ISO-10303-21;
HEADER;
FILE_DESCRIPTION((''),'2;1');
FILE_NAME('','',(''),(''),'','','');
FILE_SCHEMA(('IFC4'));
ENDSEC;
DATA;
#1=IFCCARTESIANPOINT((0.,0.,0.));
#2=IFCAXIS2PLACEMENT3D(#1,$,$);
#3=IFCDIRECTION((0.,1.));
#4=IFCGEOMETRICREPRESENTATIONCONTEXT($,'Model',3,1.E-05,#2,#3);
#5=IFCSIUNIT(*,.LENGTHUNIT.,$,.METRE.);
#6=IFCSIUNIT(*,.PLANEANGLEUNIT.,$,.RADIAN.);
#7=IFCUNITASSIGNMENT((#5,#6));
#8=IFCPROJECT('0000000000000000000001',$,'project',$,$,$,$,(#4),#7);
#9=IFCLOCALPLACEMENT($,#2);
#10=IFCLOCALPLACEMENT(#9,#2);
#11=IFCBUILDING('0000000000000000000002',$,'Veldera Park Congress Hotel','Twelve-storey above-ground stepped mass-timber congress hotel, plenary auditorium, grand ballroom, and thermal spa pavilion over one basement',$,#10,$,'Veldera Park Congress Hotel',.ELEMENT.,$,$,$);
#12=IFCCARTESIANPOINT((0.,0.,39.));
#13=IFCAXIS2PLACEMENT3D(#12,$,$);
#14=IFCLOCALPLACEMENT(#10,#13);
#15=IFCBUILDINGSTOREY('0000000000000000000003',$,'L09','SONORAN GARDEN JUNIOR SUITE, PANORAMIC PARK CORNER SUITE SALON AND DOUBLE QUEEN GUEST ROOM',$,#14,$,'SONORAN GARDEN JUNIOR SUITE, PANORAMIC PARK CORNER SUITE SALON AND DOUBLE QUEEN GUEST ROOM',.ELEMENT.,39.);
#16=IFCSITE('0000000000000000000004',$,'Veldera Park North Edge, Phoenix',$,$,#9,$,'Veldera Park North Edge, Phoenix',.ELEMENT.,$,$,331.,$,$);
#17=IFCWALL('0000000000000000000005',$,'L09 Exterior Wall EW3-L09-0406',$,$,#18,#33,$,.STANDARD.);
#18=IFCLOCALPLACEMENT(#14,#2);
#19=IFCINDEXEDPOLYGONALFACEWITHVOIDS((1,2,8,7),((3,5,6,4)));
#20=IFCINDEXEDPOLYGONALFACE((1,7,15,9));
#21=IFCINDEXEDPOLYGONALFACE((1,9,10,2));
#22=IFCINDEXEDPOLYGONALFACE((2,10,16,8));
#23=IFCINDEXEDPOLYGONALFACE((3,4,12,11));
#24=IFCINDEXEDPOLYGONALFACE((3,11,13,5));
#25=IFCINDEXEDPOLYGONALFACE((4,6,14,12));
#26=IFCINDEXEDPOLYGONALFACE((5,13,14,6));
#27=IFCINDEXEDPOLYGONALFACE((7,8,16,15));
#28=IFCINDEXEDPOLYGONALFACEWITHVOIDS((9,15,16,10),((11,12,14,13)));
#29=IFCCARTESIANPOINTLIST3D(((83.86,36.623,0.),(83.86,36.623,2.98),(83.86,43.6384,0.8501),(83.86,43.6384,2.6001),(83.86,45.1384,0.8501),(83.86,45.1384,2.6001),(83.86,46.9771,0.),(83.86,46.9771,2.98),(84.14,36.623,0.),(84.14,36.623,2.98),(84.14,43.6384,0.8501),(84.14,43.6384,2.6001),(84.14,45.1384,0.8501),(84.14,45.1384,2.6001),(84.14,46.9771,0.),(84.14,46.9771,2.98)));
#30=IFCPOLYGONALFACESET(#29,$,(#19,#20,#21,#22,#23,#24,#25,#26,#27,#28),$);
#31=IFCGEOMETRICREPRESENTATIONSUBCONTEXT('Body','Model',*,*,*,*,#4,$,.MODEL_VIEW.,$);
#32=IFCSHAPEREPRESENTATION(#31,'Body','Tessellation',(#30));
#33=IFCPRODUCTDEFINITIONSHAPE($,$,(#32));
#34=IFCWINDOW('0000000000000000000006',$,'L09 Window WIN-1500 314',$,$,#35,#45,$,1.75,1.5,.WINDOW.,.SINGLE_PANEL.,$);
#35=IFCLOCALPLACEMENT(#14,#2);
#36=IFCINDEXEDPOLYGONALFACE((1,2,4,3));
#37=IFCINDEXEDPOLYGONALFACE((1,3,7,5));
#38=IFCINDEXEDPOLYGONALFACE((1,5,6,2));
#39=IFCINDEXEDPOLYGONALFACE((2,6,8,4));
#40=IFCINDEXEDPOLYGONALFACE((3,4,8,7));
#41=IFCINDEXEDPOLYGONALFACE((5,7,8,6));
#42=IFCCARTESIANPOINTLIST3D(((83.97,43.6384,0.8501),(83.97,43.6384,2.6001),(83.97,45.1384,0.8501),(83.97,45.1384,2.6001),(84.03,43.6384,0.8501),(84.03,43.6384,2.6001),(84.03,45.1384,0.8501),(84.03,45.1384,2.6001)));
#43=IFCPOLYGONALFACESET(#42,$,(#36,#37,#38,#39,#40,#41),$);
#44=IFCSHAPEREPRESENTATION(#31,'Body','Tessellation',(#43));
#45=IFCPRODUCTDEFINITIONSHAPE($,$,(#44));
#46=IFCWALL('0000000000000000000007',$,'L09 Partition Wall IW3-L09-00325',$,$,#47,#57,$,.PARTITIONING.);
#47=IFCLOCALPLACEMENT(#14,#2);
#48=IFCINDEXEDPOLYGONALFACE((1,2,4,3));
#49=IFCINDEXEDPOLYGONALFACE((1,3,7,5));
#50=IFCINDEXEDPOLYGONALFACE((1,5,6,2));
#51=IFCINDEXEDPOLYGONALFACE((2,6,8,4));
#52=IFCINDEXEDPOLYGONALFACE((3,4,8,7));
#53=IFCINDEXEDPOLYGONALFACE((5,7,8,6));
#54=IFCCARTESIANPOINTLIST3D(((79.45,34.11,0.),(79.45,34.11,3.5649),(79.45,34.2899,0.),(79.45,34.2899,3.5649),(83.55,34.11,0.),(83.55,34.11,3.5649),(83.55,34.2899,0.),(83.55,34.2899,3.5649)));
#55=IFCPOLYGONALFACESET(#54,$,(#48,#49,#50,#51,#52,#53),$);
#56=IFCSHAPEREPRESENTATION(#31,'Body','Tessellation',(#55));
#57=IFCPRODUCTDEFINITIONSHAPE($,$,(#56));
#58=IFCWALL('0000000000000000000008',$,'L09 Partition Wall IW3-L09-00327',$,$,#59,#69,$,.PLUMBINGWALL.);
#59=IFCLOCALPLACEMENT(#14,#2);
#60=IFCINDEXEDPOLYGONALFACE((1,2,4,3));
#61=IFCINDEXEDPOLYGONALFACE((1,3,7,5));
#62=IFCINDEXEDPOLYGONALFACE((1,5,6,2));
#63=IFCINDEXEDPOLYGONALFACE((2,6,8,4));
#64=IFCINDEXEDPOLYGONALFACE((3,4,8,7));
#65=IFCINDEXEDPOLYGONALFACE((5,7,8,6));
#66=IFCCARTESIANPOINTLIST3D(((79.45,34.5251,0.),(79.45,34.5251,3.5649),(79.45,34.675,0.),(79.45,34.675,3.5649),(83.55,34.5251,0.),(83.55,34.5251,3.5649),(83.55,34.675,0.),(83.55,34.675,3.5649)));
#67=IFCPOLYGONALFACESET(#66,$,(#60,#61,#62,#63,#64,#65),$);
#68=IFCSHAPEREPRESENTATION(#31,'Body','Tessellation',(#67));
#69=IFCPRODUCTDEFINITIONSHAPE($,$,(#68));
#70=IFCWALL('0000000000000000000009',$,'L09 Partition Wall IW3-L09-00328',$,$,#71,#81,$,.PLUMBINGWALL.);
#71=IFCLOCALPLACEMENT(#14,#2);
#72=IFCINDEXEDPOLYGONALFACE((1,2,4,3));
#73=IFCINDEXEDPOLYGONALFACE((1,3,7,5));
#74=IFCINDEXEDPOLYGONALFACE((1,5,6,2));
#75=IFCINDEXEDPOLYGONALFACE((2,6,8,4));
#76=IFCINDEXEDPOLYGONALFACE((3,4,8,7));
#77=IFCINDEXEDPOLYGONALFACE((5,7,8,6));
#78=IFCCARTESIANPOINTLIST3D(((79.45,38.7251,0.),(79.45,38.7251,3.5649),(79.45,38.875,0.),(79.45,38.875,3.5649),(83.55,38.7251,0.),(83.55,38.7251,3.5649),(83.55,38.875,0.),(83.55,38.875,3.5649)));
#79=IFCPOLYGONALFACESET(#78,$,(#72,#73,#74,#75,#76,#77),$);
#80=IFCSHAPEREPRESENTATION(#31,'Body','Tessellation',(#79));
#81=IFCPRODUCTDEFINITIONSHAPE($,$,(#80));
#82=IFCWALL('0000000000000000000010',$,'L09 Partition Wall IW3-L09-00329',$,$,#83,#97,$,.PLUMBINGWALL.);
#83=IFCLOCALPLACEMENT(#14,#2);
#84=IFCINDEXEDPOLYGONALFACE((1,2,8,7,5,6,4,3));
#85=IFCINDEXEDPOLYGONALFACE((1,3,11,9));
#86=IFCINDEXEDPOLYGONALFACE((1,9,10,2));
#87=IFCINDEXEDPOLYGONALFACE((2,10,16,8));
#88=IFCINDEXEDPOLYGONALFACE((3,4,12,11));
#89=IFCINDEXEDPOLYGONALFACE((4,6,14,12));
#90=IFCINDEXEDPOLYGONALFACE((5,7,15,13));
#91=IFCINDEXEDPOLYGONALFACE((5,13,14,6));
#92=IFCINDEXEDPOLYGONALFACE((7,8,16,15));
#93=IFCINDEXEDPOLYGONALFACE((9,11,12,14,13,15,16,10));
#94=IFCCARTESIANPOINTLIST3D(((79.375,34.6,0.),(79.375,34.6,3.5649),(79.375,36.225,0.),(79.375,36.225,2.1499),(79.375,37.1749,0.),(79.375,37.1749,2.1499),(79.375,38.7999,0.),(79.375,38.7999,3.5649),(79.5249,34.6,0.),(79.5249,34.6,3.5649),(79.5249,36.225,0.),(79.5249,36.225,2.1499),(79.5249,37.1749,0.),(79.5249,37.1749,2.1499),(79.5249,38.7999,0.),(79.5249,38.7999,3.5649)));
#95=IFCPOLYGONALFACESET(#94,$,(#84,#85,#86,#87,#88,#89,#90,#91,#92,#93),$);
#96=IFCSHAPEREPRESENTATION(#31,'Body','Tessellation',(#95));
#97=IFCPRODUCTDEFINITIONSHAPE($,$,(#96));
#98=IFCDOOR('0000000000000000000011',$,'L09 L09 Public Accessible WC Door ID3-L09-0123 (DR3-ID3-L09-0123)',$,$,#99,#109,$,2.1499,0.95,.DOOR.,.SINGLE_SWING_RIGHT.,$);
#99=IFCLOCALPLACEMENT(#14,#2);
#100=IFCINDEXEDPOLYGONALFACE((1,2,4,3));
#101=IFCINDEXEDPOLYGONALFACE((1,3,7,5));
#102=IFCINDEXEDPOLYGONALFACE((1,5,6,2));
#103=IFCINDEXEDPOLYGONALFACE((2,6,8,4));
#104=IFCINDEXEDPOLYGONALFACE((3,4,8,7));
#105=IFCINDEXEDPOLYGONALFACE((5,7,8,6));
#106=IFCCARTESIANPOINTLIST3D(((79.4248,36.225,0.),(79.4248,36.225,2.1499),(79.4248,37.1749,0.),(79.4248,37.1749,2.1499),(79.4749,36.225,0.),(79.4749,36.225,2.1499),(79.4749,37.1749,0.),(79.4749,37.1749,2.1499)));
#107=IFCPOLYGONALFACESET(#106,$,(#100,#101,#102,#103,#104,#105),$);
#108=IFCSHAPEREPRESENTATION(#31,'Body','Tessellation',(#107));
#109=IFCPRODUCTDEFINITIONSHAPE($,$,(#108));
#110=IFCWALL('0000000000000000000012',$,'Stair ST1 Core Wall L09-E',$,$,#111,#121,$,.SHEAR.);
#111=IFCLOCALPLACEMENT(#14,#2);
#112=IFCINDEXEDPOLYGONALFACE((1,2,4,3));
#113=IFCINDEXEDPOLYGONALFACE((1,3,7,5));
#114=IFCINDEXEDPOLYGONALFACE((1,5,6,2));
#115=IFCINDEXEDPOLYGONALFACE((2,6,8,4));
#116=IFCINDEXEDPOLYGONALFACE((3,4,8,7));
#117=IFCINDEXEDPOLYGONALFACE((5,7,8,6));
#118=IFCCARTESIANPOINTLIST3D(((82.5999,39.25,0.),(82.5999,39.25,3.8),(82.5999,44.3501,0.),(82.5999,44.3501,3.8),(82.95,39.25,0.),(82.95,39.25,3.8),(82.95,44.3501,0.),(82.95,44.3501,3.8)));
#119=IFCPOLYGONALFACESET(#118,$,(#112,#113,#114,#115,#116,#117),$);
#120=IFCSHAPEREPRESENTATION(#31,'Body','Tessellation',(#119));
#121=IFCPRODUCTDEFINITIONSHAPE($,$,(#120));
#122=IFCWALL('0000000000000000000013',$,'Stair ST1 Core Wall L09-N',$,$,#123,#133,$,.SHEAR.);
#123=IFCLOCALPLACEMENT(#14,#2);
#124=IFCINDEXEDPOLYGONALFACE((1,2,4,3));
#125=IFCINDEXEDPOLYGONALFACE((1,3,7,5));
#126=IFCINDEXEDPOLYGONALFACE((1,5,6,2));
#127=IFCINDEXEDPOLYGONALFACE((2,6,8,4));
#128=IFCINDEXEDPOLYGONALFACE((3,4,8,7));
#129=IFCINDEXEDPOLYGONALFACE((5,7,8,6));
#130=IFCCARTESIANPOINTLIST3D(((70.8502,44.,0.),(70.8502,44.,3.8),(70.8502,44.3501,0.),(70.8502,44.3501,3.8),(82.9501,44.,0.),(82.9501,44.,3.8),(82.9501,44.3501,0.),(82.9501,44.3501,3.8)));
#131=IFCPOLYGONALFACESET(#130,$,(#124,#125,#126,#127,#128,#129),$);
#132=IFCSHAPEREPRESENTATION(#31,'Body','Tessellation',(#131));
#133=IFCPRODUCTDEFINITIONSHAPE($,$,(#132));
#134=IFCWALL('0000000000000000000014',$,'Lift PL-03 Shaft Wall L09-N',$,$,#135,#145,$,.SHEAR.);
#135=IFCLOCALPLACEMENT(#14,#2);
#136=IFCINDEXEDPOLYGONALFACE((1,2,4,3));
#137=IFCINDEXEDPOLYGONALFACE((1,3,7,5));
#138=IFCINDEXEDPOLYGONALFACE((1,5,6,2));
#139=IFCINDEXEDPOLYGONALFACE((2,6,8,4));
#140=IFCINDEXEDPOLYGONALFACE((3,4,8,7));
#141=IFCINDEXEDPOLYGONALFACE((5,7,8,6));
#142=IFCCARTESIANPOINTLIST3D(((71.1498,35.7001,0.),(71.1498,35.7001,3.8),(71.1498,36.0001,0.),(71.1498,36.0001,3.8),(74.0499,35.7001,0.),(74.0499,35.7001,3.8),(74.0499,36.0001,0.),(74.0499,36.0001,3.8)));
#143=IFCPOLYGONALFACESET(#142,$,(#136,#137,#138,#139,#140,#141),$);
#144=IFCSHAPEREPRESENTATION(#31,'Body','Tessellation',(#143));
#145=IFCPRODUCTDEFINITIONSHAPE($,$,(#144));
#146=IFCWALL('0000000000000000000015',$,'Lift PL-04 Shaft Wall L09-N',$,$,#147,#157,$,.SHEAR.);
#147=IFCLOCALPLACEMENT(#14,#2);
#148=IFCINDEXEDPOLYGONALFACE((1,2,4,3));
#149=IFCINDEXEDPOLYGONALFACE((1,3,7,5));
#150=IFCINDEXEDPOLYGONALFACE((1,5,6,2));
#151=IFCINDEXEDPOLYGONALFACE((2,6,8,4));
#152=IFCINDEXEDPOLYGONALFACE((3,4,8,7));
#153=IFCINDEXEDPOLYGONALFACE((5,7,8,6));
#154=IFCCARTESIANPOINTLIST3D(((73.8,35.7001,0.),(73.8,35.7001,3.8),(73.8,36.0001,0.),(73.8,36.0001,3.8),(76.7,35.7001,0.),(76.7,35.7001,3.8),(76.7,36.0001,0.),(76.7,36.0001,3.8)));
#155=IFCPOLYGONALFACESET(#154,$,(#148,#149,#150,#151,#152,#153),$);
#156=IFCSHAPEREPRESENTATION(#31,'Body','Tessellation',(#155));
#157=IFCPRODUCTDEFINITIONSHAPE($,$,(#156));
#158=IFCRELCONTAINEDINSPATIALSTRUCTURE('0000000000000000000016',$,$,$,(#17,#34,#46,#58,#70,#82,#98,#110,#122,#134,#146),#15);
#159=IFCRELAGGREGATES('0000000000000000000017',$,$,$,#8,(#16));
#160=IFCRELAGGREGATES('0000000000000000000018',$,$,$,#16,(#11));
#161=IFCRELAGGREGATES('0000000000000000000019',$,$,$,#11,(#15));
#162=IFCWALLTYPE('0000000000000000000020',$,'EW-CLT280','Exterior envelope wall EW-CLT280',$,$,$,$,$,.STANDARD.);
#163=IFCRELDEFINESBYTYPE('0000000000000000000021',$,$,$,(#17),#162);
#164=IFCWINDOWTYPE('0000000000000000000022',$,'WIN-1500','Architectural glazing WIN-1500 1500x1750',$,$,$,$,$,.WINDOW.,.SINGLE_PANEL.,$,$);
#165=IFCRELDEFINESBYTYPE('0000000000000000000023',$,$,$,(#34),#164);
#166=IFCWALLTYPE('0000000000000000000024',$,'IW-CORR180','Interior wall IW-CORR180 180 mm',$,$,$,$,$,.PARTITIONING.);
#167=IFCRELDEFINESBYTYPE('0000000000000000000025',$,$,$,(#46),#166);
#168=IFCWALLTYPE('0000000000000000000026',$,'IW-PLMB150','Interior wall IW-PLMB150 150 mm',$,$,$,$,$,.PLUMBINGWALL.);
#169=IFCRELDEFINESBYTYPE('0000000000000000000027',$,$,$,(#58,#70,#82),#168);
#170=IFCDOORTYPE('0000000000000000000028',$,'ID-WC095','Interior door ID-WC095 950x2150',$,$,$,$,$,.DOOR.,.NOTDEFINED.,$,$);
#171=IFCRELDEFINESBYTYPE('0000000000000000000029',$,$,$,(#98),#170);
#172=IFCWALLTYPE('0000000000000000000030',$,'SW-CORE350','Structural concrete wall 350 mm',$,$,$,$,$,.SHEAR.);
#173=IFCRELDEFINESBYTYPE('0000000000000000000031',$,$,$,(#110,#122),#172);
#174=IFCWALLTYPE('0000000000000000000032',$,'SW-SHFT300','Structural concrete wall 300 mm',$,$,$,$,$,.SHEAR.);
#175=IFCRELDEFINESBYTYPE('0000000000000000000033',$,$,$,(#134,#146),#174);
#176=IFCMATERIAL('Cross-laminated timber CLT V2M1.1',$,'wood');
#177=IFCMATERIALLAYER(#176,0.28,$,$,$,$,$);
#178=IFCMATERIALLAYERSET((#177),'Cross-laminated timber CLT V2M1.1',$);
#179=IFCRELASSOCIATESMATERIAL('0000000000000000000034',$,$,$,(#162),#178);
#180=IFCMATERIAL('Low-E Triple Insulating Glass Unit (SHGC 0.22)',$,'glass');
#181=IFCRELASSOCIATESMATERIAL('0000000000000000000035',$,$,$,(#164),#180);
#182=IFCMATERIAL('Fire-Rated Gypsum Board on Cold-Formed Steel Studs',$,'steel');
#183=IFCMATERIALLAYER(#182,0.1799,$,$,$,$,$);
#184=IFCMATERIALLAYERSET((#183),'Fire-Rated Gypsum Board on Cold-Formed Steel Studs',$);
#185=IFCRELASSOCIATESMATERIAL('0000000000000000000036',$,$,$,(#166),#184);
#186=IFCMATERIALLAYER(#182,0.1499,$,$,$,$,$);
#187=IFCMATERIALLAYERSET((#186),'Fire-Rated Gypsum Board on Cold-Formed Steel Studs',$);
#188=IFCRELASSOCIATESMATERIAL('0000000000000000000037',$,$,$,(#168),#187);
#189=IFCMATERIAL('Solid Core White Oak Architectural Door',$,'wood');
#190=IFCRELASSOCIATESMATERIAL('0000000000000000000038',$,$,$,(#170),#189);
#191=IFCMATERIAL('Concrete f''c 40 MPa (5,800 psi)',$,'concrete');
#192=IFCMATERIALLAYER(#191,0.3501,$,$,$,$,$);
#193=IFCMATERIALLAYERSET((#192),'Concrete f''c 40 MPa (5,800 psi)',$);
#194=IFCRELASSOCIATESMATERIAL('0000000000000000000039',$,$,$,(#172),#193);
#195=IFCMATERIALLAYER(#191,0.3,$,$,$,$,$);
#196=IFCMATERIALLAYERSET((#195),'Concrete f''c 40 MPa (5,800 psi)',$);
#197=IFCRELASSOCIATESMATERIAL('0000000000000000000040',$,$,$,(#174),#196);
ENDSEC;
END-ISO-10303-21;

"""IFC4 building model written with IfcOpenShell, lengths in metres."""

from ifc_helpers import new_model, si_unit, direction, frame, frame_2d, origin, place, context, subcontext, project, spatial, rectangle, extrude, material, layer, layer_set, type_object, element, fill, save


model = new_model("IFC4")

# Units and contexts
model_context = context("Model", 3, precision=1e-05, world=origin(), true_north=direction((0.0, 1.0)))
body_context = subcontext(model_context, "Body", "Model", "MODEL_VIEW")
ifc_project = project(units=[si_unit("LENGTHUNIT", "METRE"), si_unit("PLANEANGLEUNIT", "RADIAN")], contexts=[model_context])

# Site, building, storey
site_placement = place(None, origin())
site = spatial("IfcSite", under=ifc_project, at=site_placement, Name="Veldera Park North Edge, Phoenix", LongName="Veldera Park North Edge, Phoenix", CompositionType="ELEMENT", RefElevation=331.0)
building_placement = place(site_placement, origin())
building = spatial("IfcBuilding", under=site, at=building_placement, Name="Veldera Park Congress Hotel", Description="Twelve-storey above-ground stepped mass-timber congress hotel, plenary auditorium, grand ballroom, and thermal spa pavilion over one basement", LongName="Veldera Park Congress Hotel", CompositionType="ELEMENT")
storey_placement = place(building_placement, frame((0.0, 0.0, 39.0)))
storey = spatial("IfcBuildingStorey", under=building, at=storey_placement, Name="L09", Description="SONORAN GARDEN JUNIOR SUITE, PANORAMIC PARK CORNER SUITE SALON AND DOUBLE QUEEN GUEST ROOM", LongName="SONORAN GARDEN JUNIOR SUITE, PANORAMIC PARK CORNER SUITE SALON AND DOUBLE QUEEN GUEST ROOM", CompositionType="ELEMENT", Elevation=39.0)

# Shared definitions
ifc_material_1 = material(Name="Low-E Triple Insulating Glass Unit (SHGC 0.22)", Category="glass")

# Wall, opening, window
ifc_material_2 = material(Name="Cross-laminated timber CLT V2M1.1", Category="wood")
ifc_layer_1 = layer(ifc_material_2, 0.28)
ifc_layer_set_1 = layer_set([ifc_layer_1], Name="Cross-laminated timber CLT V2M1.1")
wall_type_1 = type_object("IfcWallType", Name="EW-CLT280", Description="Exterior envelope wall EW-CLT280", PredefinedType="STANDARD", material=ifc_layer_set_1)
wall_1_placement = place(storey_placement, frame((84.0, 36.623, 0.0), z_axis=(0.0, 0.0, 1.0), x_axis=(0.0, 1.0, 0.0)))
wall_1 = element("IfcWall", 1, at=wall_1_placement, inside=storey, type_object=wall_type_1, Name="L09 Exterior Wall EW3-L09-0406", PredefinedType="STANDARD", context=body_context, shape_type="SweptSolid", body=[
    extrude(rectangle(XDim=10.354, YDim=0.28, at=frame_2d((5.177, 0.0))), origin(), (0.0, 0.0, 1.0), 2.98),
])
opening_1_placement = place(wall_1_placement, frame((7.0154, 0.0, 0.8501)))
opening_1 = element("IfcOpeningElement", 2, at=opening_1_placement, cuts=wall_1, PredefinedType="OPENING", context=body_context, shape_type="SweptSolid", body=[
    extrude(rectangle(XDim=1.5, YDim=1.75, at=frame_2d((0.75, 0.875))), frame((0.0, 0.1521, 0.0), z_axis=(0.0, -1.0, 0.0), x_axis=(1.0, 0.0, 0.0)), (0.0, 0.0, 1.0), 0.304),
])
window_type = type_object("IfcWindowType", Name="WIN-1500", Description="Architectural glazing WIN-1500 1500x1750", PartitioningType="SINGLE_PANEL", PredefinedType="WINDOW", material=ifc_material_1)
window_placement = place(opening_1_placement, origin())
window = element("IfcWindow", 3, at=window_placement, inside=storey, type_object=window_type, Name="L09 Window WIN-1500 314", OverallHeight=1.75, OverallWidth=1.5, PartitioningType="SINGLE_PANEL", PredefinedType="WINDOW", context=body_context, shape_type="SweptSolid", body=[
    extrude(rectangle(XDim=1.5, YDim=1.75, at=frame_2d((0.75, 0.875))), frame((0.0, 0.03, 0.0), z_axis=(0.0, -1.0, 0.0), x_axis=(1.0, 0.0, 0.0)), (0.0, 0.0, 1.0), 0.0601),
])
fill(opening_1, window)

# Walls
ifc_material_3 = material(Name="Fire-Rated Gypsum Board on Cold-Formed Steel Studs", Category="steel")
ifc_layer_2 = layer(ifc_material_3, 0.1799)
ifc_layer_set_2 = layer_set([ifc_layer_2], Name="Fire-Rated Gypsum Board on Cold-Formed Steel Studs")
wall_type_2 = type_object("IfcWallType", Name="IW-CORR180", Description="Interior wall IW-CORR180 180 mm", PredefinedType="PARTITIONING", material=ifc_layer_set_2)
wall_2_placement = place(storey_placement, frame((83.55, 34.2, 0.0), z_axis=(0.0, 0.0, 1.0), x_axis=(-1.0, 0.0, 0.0)))
element("IfcWall", 4, at=wall_2_placement, inside=storey, type_object=wall_type_2, Name="L09 Partition Wall IW3-L09-00325", PredefinedType="PARTITIONING", context=body_context, shape_type="SweptSolid", body=[
    extrude(rectangle(XDim=4.1001, YDim=0.1799, at=frame_2d((2.05, 0.0))), origin(), (0.0, 0.0, 1.0), 3.5649),
])
ifc_layer_3 = layer(ifc_material_3, 0.1499)
ifc_layer_set_3 = layer_set([ifc_layer_3], Name="Fire-Rated Gypsum Board on Cold-Formed Steel Studs")
wall_type_3 = type_object("IfcWallType", Name="IW-PLMB150", Description="Interior wall IW-PLMB150 150 mm", PredefinedType="PLUMBINGWALL", material=ifc_layer_set_3)
for number, where, z_axis, x_axis, name in (
    (5, (79.45, 34.6001, 0.0), (0.0, 0.0, 1.0), (1.0, 0.0, 0.0), "L09 Partition Wall IW3-L09-00327"),
    (6, (83.55, 38.8, 0.0), (0.0, 0.0, 1.0), (-1.0, 0.0, 0.0), "L09 Partition Wall IW3-L09-00328"),
):
    element("IfcWall", number, at=place(storey_placement, frame(where, z_axis=z_axis, x_axis=x_axis)), inside=storey, type_object=wall_type_3, Name=name, PredefinedType="PLUMBINGWALL", context=body_context, shape_type="SweptSolid", body=[
        extrude(rectangle(XDim=4.1001, YDim=0.1499, at=frame_2d((2.05, 0.0))), origin(), (0.0, 0.0, 1.0), 3.5649),
    ])

# Wall, opening, door
wall_3_placement = place(storey_placement, frame((79.45, 38.8, 0.0), z_axis=(0.0, 0.0, 1.0), x_axis=(0.0, -1.0, 0.0)))
wall_3 = element("IfcWall", 7, at=wall_3_placement, inside=storey, type_object=wall_type_3, Name="L09 Partition Wall IW3-L09-00329", PredefinedType="PLUMBINGWALL", context=body_context, shape_type="SweptSolid", body=[
    extrude(rectangle(XDim=4.2, YDim=0.1499, at=frame_2d((2.1001, 0.0))), origin(), (0.0, 0.0, 1.0), 3.5649),
])
opening_2_placement = place(wall_3_placement, frame((1.625, 0.0, 0.0)))
opening_2 = element("IfcOpeningElement", 8, at=opening_2_placement, cuts=wall_3, PredefinedType="OPENING", context=body_context, shape_type="SweptSolid", body=[
    extrude(rectangle(XDim=0.95, YDim=2.1499, at=frame_2d((0.4751, 1.075))), frame((0.0, 0.0869, 0.0), z_axis=(0.0, -1.0, 0.0), x_axis=(1.0, 0.0, 0.0)), (0.0, 0.0, 1.0), 0.1738),
])
ifc_material_4 = material(Name="Solid Core White Oak Architectural Door", Category="wood")
door_type = type_object("IfcDoorType", Name="ID-WC095", Description="Interior door ID-WC095 950x2150", OperationType="NOTDEFINED", PredefinedType="DOOR", material=ifc_material_4)
door_placement = place(opening_2_placement, origin())
door = element("IfcDoor", 9, at=door_placement, inside=storey, type_object=door_type, Name="L09 L09 Public Accessible WC Door ID3-L09-0123 (DR3-ID3-L09-0123)", OperationType="SINGLE_SWING_RIGHT", OverallHeight=2.1499, OverallWidth=0.95, PredefinedType="DOOR", context=body_context, shape_type="SweptSolid", body=[
    extrude(rectangle(XDim=0.95, YDim=2.1499, at=frame_2d((0.4751, 1.075))), frame((0.0, 0.0249, 0.0), z_axis=(0.0, -1.0, 0.0), x_axis=(1.0, 0.0, 0.0)), (0.0, 0.0, 1.0), 0.05),
])
fill(opening_2, door)

# Walls
ifc_material_5 = material(Name="Concrete f'c 40 MPa (5,800 psi)", Category="concrete")
ifc_layer_4 = layer(ifc_material_5, 0.3501)
ifc_layer_set_4 = layer_set([ifc_layer_4], Name="Concrete f'c 40 MPa (5,800 psi)")
wall_type_4 = type_object("IfcWallType", Name="SW-CORE350", Description="Structural concrete wall 350 mm", PredefinedType="SHEAR", material=ifc_layer_set_4)
wall_4_placement = place(storey_placement, frame((82.7749, 39.25, 0.0), z_axis=(0.0, 0.0, 1.0), x_axis=(0.0, 1.0, 0.0)))
element("IfcWall", 10, at=wall_4_placement, inside=storey, type_object=wall_type_4, Name="Stair ST1 Core Wall L09-E", PredefinedType="SHEAR", context=body_context, shape_type="SweptSolid", body=[
    extrude(rectangle(XDim=5.1001, YDim=0.3501, at=frame_2d((2.55, 0.0))), origin(), (0.0, 0.0, 1.0), 3.8),
])
wall_5_placement = place(storey_placement, frame((82.95, 44.175, 0.0), z_axis=(0.0, 0.0, 1.0), x_axis=(-1.0, 0.0, 0.0)))
element("IfcWall", 11, at=wall_5_placement, inside=storey, type_object=wall_type_4, Name="Stair ST1 Core Wall L09-N", PredefinedType="SHEAR", context=body_context, shape_type="SweptSolid", body=[
    extrude(rectangle(XDim=12.0999, YDim=0.3501, at=frame_2d((6.0498, 0.0))), origin(), (0.0, 0.0, 1.0), 3.8),
])
ifc_layer_5 = layer(ifc_material_5, 0.3)
ifc_layer_set_5 = layer_set([ifc_layer_5], Name="Concrete f'c 40 MPa (5,800 psi)")
wall_type_5 = type_object("IfcWallType", Name="SW-SHFT300", Description="Structural concrete wall 300 mm", PredefinedType="SHEAR", material=ifc_layer_set_5)
wall_6_placement = place(storey_placement, frame((74.05, 35.8501, 0.0), z_axis=(0.0, 0.0, 1.0), x_axis=(-1.0, 0.0, 0.0)))
element("IfcWall", 12, at=wall_6_placement, inside=storey, type_object=wall_type_5, Name="Lift PL-03 Shaft Wall L09-N", PredefinedType="SHEAR", context=body_context, shape_type="SweptSolid", body=[
    extrude(rectangle(XDim=2.9001, YDim=0.3, at=frame_2d((1.4502, 0.0))), origin(), (0.0, 0.0, 1.0), 3.8),
])
wall_7_placement = place(storey_placement, frame((76.7, 35.8501, 0.0), z_axis=(0.0, 0.0, 1.0), x_axis=(-1.0, 0.0, 0.0)))
element("IfcWall", 13, at=wall_7_placement, inside=storey, type_object=wall_type_5, Name="Lift PL-04 Shaft Wall L09-N", PredefinedType="SHEAR", context=body_context, shape_type="SweptSolid", body=[
    extrude(rectangle(XDim=2.8999, YDim=0.3, at=frame_2d((1.45, 0.0))), origin(), (0.0, 0.0, 1.0), 3.8),
])

save(model, "model.ifc")
